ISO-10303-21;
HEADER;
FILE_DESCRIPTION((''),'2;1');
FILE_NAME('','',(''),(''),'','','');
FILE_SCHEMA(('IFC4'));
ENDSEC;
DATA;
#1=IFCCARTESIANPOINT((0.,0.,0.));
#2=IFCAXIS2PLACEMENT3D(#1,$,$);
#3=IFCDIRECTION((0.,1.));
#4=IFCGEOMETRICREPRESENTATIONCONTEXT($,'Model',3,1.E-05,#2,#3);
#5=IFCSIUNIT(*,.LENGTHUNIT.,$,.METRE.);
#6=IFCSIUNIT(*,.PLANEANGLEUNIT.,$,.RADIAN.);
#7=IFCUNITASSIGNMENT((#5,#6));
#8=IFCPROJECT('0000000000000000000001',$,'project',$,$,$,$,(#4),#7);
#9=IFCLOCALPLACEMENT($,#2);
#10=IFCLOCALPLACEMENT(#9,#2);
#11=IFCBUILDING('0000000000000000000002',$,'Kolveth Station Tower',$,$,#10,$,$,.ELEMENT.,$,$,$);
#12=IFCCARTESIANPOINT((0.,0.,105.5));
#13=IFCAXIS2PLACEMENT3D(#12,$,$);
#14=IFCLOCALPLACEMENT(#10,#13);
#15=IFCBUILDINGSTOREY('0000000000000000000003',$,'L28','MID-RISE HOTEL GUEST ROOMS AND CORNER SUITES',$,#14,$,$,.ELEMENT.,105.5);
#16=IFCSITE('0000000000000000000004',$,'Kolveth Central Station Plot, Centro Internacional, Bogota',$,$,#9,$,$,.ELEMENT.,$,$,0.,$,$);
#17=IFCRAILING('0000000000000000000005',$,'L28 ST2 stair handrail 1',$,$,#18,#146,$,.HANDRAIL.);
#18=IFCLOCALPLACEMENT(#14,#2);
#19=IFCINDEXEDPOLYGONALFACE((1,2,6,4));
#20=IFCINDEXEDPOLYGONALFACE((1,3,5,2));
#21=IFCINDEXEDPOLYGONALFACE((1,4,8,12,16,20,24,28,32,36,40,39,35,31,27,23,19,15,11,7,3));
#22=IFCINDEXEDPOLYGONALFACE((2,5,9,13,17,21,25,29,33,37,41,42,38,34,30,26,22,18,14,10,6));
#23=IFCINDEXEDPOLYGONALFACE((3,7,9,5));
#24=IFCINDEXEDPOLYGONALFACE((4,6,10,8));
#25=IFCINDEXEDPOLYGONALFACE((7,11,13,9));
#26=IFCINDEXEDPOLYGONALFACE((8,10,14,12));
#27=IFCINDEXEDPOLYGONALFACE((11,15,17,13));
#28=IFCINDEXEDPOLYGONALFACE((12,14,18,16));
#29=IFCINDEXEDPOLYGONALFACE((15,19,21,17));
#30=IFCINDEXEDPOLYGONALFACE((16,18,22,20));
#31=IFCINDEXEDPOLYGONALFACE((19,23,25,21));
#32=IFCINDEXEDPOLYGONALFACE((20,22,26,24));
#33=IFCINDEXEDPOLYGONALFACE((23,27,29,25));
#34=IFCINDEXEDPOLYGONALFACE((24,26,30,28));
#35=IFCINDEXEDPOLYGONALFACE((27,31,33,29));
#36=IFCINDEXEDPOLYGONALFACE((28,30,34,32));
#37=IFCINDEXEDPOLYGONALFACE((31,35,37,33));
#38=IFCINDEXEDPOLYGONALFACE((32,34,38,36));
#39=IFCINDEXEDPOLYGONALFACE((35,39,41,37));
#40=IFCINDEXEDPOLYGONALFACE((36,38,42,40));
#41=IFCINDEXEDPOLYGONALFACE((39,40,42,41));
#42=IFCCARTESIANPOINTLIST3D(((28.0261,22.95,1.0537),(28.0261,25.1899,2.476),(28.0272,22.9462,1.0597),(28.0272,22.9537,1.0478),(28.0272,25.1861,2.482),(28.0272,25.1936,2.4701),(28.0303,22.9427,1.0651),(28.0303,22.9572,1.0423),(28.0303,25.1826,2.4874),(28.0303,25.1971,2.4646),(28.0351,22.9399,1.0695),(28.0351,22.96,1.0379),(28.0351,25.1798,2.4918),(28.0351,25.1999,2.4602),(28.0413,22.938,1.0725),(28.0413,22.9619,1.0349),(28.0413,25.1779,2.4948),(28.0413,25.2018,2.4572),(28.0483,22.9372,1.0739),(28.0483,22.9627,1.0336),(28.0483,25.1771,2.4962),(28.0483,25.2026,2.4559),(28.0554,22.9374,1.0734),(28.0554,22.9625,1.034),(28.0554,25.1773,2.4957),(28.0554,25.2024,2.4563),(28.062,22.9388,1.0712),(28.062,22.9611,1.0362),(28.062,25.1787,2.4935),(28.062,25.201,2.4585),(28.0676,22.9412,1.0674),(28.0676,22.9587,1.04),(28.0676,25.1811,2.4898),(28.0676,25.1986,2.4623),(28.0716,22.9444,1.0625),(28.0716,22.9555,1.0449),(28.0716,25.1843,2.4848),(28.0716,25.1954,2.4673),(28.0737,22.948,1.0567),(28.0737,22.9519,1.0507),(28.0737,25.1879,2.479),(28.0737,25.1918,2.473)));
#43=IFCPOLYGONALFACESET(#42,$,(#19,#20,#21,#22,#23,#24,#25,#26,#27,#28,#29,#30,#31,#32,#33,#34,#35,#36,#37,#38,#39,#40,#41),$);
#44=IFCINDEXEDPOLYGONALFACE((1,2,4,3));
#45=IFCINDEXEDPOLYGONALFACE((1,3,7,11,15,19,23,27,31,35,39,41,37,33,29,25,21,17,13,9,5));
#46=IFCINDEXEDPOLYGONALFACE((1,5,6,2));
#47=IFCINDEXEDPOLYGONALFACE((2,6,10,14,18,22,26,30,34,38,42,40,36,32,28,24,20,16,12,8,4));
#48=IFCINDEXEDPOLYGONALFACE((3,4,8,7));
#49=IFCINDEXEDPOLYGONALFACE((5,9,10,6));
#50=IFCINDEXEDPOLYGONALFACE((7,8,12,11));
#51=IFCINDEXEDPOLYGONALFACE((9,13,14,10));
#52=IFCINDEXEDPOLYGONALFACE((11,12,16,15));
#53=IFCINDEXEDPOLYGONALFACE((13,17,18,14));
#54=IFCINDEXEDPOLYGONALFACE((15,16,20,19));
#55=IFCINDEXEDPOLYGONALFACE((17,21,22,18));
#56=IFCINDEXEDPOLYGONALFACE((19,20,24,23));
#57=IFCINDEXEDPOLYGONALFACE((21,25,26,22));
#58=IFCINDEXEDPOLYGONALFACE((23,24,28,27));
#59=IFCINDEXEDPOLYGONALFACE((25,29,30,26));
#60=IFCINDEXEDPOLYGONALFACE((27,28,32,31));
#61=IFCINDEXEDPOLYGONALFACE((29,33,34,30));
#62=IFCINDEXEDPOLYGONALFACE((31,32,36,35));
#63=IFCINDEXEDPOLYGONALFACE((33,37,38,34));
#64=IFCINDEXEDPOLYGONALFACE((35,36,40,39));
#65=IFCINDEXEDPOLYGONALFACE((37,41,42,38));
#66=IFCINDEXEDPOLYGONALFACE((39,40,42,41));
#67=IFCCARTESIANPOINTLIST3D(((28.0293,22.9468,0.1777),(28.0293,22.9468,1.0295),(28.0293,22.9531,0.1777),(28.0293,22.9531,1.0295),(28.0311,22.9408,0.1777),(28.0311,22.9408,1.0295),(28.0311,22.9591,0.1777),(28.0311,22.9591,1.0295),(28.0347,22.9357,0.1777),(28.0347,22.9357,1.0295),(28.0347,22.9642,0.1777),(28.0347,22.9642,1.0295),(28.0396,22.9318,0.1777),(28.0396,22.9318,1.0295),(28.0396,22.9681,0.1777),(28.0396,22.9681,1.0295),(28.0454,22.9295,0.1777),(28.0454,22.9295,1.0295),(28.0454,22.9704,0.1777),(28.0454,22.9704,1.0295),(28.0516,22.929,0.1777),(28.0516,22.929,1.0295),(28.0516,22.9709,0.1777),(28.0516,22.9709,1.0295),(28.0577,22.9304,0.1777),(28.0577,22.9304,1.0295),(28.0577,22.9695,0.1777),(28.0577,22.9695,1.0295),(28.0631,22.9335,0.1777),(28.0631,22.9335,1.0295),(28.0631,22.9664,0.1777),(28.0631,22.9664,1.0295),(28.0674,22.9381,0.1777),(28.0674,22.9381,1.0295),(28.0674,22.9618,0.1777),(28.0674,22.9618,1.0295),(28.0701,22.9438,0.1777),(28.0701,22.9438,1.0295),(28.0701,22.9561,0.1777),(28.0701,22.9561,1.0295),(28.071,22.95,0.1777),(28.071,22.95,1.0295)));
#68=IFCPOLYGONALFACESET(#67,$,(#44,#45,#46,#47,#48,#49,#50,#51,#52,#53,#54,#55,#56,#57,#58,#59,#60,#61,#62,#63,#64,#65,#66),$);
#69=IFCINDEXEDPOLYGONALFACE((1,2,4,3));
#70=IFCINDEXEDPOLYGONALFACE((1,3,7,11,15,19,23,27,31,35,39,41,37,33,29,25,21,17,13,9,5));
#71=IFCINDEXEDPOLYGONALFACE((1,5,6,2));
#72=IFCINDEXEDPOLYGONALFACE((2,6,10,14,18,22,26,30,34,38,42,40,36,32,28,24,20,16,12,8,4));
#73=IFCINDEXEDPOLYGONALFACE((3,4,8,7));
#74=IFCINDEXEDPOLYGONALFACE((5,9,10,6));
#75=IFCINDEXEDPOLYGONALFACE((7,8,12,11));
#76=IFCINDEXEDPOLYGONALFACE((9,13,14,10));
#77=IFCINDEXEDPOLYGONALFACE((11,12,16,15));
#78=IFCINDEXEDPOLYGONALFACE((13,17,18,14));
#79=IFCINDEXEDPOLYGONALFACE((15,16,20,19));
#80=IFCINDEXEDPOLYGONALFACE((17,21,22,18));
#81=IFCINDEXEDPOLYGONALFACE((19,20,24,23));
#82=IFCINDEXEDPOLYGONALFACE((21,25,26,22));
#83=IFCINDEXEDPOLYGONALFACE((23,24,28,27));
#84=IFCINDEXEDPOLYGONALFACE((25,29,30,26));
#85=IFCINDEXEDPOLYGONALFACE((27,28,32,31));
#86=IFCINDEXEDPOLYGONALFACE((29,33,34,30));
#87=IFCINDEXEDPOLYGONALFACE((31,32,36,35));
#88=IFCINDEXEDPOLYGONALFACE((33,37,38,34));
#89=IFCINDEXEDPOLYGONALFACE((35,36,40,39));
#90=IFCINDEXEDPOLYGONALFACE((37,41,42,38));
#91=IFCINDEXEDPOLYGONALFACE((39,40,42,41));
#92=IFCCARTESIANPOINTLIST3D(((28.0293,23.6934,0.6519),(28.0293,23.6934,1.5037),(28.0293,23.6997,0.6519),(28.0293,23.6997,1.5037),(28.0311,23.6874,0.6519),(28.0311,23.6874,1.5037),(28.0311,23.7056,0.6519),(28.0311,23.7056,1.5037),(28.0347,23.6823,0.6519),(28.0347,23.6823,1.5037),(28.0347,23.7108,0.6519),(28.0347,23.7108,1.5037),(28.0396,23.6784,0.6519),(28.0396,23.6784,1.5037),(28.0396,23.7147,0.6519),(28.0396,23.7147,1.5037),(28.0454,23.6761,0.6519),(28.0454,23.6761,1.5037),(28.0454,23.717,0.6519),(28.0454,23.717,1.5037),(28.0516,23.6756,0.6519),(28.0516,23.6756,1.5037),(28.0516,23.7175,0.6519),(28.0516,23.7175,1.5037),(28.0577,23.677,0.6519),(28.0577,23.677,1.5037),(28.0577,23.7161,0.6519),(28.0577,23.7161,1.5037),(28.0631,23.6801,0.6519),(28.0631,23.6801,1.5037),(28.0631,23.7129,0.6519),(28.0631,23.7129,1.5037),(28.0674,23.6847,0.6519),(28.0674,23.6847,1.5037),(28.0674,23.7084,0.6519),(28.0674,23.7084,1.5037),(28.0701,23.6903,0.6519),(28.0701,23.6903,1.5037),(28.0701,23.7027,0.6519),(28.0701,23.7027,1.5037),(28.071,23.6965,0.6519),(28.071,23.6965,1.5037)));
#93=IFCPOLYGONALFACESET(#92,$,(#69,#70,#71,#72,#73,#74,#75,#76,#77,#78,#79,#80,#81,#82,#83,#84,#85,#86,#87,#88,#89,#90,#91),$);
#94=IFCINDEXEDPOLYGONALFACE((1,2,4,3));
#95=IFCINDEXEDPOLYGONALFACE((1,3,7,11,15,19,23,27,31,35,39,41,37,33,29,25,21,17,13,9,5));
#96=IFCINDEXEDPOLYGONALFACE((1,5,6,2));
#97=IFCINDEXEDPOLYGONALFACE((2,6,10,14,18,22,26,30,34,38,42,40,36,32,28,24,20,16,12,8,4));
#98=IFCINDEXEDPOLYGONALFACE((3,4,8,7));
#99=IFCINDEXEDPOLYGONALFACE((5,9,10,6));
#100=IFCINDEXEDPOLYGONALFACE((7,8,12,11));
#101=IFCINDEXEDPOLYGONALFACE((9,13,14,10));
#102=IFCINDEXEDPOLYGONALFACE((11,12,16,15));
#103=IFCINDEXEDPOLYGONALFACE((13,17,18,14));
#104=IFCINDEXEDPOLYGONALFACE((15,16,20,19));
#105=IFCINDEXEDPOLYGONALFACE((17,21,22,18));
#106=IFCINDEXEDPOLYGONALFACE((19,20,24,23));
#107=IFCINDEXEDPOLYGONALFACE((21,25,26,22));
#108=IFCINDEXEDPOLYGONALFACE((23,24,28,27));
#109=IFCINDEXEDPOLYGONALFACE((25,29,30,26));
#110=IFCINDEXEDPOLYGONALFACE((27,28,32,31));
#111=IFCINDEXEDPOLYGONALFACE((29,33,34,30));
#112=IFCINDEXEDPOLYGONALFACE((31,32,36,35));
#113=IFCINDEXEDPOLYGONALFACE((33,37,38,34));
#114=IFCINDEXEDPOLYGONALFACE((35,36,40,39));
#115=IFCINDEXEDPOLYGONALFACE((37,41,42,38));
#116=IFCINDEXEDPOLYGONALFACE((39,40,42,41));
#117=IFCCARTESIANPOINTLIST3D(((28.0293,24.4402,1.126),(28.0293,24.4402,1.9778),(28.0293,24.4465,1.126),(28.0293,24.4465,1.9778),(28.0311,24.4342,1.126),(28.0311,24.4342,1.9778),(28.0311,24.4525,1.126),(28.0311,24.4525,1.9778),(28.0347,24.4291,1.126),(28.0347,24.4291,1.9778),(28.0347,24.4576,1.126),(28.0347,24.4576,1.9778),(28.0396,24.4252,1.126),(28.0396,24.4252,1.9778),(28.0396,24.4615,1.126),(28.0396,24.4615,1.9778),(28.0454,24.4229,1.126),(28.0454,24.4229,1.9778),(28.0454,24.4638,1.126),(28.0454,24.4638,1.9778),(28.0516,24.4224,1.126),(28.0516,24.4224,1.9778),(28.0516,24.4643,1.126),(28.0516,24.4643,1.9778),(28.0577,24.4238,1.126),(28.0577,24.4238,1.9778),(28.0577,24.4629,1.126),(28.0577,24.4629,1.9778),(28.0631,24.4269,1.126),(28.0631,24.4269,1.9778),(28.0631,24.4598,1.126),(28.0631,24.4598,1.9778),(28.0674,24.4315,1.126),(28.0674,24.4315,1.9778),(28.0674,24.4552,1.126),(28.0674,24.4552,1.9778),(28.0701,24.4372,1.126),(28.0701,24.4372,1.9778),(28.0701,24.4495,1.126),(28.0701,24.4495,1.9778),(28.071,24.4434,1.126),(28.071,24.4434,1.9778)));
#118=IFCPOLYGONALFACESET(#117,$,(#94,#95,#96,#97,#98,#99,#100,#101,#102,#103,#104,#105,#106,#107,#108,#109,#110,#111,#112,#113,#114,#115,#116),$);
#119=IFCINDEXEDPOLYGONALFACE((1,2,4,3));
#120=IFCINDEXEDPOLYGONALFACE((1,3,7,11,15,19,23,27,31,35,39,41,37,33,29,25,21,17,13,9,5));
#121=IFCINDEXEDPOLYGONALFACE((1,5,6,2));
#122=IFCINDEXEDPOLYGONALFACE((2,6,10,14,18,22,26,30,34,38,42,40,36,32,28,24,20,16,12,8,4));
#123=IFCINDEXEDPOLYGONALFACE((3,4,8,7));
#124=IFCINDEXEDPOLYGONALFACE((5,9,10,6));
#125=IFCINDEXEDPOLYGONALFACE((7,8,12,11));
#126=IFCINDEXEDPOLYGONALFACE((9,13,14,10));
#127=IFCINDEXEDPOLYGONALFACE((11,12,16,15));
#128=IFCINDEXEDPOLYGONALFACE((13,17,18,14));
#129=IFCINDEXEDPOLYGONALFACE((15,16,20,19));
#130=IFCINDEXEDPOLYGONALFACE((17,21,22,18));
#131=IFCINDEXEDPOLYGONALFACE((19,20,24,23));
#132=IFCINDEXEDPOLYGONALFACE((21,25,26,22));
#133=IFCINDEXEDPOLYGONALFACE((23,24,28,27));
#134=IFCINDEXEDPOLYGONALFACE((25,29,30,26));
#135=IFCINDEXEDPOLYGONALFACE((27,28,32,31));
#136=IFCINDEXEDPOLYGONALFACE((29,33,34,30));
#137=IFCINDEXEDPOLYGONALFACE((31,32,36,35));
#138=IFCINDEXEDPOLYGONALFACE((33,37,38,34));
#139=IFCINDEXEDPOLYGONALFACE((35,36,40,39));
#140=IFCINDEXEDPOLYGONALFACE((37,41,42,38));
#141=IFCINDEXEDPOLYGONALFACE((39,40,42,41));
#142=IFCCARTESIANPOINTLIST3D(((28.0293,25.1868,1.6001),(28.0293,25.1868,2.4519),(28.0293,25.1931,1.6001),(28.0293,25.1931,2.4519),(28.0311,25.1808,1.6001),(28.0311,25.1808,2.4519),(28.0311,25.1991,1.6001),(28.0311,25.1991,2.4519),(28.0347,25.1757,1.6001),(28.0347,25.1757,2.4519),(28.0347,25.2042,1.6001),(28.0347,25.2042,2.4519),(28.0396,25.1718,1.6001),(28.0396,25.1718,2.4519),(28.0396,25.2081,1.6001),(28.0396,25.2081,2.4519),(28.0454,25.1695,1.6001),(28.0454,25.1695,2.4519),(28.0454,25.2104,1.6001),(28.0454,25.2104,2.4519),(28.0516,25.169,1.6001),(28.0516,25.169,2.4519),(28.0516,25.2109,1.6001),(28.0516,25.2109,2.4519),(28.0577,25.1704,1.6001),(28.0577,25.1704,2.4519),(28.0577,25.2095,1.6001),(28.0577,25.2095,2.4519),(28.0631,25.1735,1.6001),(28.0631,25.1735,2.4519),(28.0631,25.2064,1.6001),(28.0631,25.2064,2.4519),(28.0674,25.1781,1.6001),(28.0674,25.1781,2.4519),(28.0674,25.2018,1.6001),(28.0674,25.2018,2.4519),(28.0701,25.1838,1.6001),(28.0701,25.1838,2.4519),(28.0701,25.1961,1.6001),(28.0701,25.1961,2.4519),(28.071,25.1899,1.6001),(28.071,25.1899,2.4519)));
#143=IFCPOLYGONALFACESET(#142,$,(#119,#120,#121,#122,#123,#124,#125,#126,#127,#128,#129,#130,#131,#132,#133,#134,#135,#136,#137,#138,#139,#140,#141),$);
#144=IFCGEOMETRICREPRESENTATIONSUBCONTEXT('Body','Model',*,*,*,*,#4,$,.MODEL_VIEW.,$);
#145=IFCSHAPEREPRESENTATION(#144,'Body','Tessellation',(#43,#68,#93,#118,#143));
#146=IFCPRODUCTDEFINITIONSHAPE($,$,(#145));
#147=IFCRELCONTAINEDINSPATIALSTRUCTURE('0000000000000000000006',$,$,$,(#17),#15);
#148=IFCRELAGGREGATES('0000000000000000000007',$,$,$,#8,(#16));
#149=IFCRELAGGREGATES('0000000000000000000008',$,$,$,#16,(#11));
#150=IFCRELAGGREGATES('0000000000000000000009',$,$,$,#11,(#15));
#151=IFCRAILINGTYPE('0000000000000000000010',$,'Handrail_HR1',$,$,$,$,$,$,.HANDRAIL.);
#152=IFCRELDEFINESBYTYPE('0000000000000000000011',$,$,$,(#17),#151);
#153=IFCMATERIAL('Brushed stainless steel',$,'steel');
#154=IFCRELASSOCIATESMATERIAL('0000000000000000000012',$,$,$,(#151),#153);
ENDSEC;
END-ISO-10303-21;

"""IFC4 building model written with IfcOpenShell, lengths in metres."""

from ifc_helpers import new_model, si_unit, direction, frame, origin, origin_2d, place, context, subcontext, project, spatial, circle, extrude, material, type_object, element, save


model = new_model("IFC4")

# Units and contexts
model_context = context("Model", 3, precision=1e-05, world=origin(), true_north=direction((0.0, 1.0)))
body_context = subcontext(model_context, "Body", "Model", "MODEL_VIEW")
ifc_project = project(units=[si_unit("LENGTHUNIT", "METRE"), si_unit("PLANEANGLEUNIT", "RADIAN")], contexts=[model_context])

# Site, building, storey
site_placement = place(None, origin())
site = spatial("IfcSite", under=ifc_project, at=site_placement, Name="Kolveth Central Station Plot, Centro Internacional, Bogota", CompositionType="ELEMENT", RefElevation=0.0)
building_placement = place(site_placement, origin())
building = spatial("IfcBuilding", under=site, at=building_placement, Name="Kolveth Station Tower", CompositionType="ELEMENT")
storey_placement = place(building_placement, frame((0.0, 0.0, 105.5)))
storey = spatial("IfcBuildingStorey", under=building, at=storey_placement, Name="L28", Description="MID-RISE HOTEL GUEST ROOMS AND CORNER SUITES", CompositionType="ELEMENT", Elevation=105.5)

# Railing
ifc_material_1 = material(Name="Brushed stainless steel", Category="steel")
railing_type_1 = type_object("IfcRailingType", Name="Handrail_HR1", PredefinedType="HANDRAIL", material=ifc_material_1)
railing_1_placement = place(storey_placement, frame((28.05, 22.95, 0.1777)))
element("IfcRailing", 1, at=railing_1_placement, inside=storey, type_object=railing_type_1, Name="L28 ST2 stair handrail 1", PredefinedType="HANDRAIL", context=body_context, shape_type="SweptSolid", body=[
    extrude(circle(Radius=0.0239, at=origin_2d()), frame((0.0, 0.0, 0.876), z_axis=(0.0, 0.844188, 0.536048), x_axis=(-1.0, 0.0, 0.0)), (0.0, 0.0, 1.0), 2.6533),
    extrude(circle(Radius=0.021, at=origin_2d()), origin(), (0.0, 0.0, 1.0), 0.8518),
    extrude(circle(Radius=0.021, at=origin_2d()), frame((0.0, 0.7466, 0.4741)), (0.0, 0.0, 1.0), 0.8518),
    extrude(circle(Radius=0.021, at=origin_2d()), frame((0.0, 1.4934, 0.9482)), (0.0, 0.0, 1.0), 0.8518),
    extrude(circle(Radius=0.021, at=origin_2d()), frame((0.0, 2.24, 1.4224)), (0.0, 0.0, 1.0), 0.8518),
])

save(model, "model.ifc")
